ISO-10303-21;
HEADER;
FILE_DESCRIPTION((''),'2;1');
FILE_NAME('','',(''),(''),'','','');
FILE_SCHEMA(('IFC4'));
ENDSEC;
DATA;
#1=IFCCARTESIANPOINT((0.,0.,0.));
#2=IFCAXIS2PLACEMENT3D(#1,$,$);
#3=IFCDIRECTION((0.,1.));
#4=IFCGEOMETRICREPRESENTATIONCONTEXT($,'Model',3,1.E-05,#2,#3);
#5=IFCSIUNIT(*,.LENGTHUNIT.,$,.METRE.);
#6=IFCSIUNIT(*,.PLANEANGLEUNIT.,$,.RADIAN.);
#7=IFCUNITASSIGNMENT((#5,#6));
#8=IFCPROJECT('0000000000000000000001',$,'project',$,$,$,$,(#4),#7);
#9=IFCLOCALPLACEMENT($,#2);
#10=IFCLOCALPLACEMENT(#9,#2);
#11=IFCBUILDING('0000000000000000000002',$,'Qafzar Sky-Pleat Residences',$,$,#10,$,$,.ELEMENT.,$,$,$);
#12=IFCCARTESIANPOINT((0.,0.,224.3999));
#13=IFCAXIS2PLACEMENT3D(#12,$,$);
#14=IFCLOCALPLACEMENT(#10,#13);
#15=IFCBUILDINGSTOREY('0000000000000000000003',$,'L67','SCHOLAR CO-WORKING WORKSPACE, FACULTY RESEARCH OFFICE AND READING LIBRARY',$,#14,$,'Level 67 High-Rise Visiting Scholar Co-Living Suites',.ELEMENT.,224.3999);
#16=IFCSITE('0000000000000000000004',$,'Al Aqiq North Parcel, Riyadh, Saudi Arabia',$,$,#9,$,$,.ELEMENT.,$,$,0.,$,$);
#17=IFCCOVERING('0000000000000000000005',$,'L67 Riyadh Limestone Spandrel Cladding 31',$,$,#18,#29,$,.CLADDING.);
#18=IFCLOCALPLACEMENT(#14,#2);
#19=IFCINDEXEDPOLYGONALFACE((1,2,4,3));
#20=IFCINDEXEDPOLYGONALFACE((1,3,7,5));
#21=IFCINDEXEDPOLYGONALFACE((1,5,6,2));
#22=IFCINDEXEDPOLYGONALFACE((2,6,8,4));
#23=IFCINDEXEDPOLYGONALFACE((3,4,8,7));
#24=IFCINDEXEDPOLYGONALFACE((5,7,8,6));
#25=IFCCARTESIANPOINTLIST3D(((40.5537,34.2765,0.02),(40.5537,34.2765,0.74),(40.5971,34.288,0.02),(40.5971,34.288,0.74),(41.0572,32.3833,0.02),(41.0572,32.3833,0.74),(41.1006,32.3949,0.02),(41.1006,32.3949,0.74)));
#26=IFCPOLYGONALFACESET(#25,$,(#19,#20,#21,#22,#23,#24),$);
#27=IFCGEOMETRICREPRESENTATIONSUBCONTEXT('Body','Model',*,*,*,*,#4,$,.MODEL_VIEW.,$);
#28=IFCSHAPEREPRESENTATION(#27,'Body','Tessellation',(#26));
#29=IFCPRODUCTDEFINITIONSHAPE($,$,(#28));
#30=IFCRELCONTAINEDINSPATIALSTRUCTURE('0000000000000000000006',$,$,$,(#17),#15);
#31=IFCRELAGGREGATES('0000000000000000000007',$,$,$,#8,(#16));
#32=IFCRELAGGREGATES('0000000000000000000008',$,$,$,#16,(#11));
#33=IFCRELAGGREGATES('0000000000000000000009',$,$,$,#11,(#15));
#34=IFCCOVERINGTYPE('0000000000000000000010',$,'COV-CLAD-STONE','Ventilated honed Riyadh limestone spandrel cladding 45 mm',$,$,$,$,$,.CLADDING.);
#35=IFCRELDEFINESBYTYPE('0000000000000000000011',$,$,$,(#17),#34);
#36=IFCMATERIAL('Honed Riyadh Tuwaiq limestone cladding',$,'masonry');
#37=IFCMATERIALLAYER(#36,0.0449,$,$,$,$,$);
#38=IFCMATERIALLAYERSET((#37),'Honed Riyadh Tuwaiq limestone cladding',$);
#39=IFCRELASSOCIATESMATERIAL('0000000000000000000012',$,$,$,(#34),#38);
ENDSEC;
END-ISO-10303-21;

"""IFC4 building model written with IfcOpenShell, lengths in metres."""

from ifc_helpers import new_model, si_unit, direction, frame, origin, origin_2d, place, context, subcontext, project, spatial, rectangle, extrude, source, transform, mapped, material, layer, layer_set, type_object, element, save


model = new_model("IFC4")

# Units and contexts
model_context = context("Model", 3, precision=1e-05, world=origin(), true_north=direction((0.0, 1.0)))
body_context = subcontext(model_context, "Body", "Model", "MODEL_VIEW")
ifc_project = project(units=[si_unit("LENGTHUNIT", "METRE"), si_unit("PLANEANGLEUNIT", "RADIAN")], contexts=[model_context])

# Site, building, storey
site_placement = place(None, origin())
site = spatial("IfcSite", under=ifc_project, at=site_placement, Name="Al Aqiq North Parcel, Riyadh, Saudi Arabia", CompositionType="ELEMENT", RefElevation=0.0)
building_placement = place(site_placement, origin())
building = spatial("IfcBuilding", under=site, at=building_placement, Name="Qafzar Sky-Pleat Residences", CompositionType="ELEMENT")
storey_placement = place(building_placement, frame((0.0, 0.0, 224.3999)))
storey = spatial("IfcBuildingStorey", under=building, at=storey_placement, Name="L67", Description="SCHOLAR CO-WORKING WORKSPACE, FACULTY RESEARCH OFFICE AND READING LIBRARY", LongName="Level 67 High-Rise Visiting Scholar Co-Living Suites", CompositionType="ELEMENT", Elevation=224.3999)

# Covering
ifc_material_1 = material(Name="Honed Riyadh Tuwaiq limestone cladding", Category="masonry")
ifc_layer_1 = layer(ifc_material_1, 0.0449)
ifc_layer_set_1 = layer_set([ifc_layer_1], Name="Honed Riyadh Tuwaiq limestone cladding")
covering_type = type_object("IfcCoveringType", Name="COV-CLAD-STONE", Description="Ventilated honed Riyadh limestone spandrel cladding 45 mm", PredefinedType="CLADDING", material=ifc_layer_set_1)
shared_shape_1 = source(origin(), body_context, "Body", "SweptSolid", [
    extrude(rectangle(XDim=1.959, YDim=0.0449, at=origin_2d()), origin(), (0.0, 0.0, 1.0), 0.72),
])
covering_1_placement = place(storey_placement, frame((40.8271, 33.3357, 0.02), z_axis=(0.0, 0.0, 1.0), x_axis=(-0.257036, 0.966402, 0.0)))
element("IfcCovering", 1, at=covering_1_placement, inside=storey, type_object=covering_type, Name="L67 Riyadh Limestone Spandrel Cladding 31", PredefinedType="CLADDING", context=body_context, shape_type="MappedRepresentation", body=[
    mapped(shared_shape_1, transform((0.0, 0.0, 0.0), x_axis=(1.0, 0.0, 0.0), y_axis=(0.0, 1.0, 0.0), z_axis=(0.0, 0.0, 1.0), scale=1.0)),
])

save(model, "model.ifc")
